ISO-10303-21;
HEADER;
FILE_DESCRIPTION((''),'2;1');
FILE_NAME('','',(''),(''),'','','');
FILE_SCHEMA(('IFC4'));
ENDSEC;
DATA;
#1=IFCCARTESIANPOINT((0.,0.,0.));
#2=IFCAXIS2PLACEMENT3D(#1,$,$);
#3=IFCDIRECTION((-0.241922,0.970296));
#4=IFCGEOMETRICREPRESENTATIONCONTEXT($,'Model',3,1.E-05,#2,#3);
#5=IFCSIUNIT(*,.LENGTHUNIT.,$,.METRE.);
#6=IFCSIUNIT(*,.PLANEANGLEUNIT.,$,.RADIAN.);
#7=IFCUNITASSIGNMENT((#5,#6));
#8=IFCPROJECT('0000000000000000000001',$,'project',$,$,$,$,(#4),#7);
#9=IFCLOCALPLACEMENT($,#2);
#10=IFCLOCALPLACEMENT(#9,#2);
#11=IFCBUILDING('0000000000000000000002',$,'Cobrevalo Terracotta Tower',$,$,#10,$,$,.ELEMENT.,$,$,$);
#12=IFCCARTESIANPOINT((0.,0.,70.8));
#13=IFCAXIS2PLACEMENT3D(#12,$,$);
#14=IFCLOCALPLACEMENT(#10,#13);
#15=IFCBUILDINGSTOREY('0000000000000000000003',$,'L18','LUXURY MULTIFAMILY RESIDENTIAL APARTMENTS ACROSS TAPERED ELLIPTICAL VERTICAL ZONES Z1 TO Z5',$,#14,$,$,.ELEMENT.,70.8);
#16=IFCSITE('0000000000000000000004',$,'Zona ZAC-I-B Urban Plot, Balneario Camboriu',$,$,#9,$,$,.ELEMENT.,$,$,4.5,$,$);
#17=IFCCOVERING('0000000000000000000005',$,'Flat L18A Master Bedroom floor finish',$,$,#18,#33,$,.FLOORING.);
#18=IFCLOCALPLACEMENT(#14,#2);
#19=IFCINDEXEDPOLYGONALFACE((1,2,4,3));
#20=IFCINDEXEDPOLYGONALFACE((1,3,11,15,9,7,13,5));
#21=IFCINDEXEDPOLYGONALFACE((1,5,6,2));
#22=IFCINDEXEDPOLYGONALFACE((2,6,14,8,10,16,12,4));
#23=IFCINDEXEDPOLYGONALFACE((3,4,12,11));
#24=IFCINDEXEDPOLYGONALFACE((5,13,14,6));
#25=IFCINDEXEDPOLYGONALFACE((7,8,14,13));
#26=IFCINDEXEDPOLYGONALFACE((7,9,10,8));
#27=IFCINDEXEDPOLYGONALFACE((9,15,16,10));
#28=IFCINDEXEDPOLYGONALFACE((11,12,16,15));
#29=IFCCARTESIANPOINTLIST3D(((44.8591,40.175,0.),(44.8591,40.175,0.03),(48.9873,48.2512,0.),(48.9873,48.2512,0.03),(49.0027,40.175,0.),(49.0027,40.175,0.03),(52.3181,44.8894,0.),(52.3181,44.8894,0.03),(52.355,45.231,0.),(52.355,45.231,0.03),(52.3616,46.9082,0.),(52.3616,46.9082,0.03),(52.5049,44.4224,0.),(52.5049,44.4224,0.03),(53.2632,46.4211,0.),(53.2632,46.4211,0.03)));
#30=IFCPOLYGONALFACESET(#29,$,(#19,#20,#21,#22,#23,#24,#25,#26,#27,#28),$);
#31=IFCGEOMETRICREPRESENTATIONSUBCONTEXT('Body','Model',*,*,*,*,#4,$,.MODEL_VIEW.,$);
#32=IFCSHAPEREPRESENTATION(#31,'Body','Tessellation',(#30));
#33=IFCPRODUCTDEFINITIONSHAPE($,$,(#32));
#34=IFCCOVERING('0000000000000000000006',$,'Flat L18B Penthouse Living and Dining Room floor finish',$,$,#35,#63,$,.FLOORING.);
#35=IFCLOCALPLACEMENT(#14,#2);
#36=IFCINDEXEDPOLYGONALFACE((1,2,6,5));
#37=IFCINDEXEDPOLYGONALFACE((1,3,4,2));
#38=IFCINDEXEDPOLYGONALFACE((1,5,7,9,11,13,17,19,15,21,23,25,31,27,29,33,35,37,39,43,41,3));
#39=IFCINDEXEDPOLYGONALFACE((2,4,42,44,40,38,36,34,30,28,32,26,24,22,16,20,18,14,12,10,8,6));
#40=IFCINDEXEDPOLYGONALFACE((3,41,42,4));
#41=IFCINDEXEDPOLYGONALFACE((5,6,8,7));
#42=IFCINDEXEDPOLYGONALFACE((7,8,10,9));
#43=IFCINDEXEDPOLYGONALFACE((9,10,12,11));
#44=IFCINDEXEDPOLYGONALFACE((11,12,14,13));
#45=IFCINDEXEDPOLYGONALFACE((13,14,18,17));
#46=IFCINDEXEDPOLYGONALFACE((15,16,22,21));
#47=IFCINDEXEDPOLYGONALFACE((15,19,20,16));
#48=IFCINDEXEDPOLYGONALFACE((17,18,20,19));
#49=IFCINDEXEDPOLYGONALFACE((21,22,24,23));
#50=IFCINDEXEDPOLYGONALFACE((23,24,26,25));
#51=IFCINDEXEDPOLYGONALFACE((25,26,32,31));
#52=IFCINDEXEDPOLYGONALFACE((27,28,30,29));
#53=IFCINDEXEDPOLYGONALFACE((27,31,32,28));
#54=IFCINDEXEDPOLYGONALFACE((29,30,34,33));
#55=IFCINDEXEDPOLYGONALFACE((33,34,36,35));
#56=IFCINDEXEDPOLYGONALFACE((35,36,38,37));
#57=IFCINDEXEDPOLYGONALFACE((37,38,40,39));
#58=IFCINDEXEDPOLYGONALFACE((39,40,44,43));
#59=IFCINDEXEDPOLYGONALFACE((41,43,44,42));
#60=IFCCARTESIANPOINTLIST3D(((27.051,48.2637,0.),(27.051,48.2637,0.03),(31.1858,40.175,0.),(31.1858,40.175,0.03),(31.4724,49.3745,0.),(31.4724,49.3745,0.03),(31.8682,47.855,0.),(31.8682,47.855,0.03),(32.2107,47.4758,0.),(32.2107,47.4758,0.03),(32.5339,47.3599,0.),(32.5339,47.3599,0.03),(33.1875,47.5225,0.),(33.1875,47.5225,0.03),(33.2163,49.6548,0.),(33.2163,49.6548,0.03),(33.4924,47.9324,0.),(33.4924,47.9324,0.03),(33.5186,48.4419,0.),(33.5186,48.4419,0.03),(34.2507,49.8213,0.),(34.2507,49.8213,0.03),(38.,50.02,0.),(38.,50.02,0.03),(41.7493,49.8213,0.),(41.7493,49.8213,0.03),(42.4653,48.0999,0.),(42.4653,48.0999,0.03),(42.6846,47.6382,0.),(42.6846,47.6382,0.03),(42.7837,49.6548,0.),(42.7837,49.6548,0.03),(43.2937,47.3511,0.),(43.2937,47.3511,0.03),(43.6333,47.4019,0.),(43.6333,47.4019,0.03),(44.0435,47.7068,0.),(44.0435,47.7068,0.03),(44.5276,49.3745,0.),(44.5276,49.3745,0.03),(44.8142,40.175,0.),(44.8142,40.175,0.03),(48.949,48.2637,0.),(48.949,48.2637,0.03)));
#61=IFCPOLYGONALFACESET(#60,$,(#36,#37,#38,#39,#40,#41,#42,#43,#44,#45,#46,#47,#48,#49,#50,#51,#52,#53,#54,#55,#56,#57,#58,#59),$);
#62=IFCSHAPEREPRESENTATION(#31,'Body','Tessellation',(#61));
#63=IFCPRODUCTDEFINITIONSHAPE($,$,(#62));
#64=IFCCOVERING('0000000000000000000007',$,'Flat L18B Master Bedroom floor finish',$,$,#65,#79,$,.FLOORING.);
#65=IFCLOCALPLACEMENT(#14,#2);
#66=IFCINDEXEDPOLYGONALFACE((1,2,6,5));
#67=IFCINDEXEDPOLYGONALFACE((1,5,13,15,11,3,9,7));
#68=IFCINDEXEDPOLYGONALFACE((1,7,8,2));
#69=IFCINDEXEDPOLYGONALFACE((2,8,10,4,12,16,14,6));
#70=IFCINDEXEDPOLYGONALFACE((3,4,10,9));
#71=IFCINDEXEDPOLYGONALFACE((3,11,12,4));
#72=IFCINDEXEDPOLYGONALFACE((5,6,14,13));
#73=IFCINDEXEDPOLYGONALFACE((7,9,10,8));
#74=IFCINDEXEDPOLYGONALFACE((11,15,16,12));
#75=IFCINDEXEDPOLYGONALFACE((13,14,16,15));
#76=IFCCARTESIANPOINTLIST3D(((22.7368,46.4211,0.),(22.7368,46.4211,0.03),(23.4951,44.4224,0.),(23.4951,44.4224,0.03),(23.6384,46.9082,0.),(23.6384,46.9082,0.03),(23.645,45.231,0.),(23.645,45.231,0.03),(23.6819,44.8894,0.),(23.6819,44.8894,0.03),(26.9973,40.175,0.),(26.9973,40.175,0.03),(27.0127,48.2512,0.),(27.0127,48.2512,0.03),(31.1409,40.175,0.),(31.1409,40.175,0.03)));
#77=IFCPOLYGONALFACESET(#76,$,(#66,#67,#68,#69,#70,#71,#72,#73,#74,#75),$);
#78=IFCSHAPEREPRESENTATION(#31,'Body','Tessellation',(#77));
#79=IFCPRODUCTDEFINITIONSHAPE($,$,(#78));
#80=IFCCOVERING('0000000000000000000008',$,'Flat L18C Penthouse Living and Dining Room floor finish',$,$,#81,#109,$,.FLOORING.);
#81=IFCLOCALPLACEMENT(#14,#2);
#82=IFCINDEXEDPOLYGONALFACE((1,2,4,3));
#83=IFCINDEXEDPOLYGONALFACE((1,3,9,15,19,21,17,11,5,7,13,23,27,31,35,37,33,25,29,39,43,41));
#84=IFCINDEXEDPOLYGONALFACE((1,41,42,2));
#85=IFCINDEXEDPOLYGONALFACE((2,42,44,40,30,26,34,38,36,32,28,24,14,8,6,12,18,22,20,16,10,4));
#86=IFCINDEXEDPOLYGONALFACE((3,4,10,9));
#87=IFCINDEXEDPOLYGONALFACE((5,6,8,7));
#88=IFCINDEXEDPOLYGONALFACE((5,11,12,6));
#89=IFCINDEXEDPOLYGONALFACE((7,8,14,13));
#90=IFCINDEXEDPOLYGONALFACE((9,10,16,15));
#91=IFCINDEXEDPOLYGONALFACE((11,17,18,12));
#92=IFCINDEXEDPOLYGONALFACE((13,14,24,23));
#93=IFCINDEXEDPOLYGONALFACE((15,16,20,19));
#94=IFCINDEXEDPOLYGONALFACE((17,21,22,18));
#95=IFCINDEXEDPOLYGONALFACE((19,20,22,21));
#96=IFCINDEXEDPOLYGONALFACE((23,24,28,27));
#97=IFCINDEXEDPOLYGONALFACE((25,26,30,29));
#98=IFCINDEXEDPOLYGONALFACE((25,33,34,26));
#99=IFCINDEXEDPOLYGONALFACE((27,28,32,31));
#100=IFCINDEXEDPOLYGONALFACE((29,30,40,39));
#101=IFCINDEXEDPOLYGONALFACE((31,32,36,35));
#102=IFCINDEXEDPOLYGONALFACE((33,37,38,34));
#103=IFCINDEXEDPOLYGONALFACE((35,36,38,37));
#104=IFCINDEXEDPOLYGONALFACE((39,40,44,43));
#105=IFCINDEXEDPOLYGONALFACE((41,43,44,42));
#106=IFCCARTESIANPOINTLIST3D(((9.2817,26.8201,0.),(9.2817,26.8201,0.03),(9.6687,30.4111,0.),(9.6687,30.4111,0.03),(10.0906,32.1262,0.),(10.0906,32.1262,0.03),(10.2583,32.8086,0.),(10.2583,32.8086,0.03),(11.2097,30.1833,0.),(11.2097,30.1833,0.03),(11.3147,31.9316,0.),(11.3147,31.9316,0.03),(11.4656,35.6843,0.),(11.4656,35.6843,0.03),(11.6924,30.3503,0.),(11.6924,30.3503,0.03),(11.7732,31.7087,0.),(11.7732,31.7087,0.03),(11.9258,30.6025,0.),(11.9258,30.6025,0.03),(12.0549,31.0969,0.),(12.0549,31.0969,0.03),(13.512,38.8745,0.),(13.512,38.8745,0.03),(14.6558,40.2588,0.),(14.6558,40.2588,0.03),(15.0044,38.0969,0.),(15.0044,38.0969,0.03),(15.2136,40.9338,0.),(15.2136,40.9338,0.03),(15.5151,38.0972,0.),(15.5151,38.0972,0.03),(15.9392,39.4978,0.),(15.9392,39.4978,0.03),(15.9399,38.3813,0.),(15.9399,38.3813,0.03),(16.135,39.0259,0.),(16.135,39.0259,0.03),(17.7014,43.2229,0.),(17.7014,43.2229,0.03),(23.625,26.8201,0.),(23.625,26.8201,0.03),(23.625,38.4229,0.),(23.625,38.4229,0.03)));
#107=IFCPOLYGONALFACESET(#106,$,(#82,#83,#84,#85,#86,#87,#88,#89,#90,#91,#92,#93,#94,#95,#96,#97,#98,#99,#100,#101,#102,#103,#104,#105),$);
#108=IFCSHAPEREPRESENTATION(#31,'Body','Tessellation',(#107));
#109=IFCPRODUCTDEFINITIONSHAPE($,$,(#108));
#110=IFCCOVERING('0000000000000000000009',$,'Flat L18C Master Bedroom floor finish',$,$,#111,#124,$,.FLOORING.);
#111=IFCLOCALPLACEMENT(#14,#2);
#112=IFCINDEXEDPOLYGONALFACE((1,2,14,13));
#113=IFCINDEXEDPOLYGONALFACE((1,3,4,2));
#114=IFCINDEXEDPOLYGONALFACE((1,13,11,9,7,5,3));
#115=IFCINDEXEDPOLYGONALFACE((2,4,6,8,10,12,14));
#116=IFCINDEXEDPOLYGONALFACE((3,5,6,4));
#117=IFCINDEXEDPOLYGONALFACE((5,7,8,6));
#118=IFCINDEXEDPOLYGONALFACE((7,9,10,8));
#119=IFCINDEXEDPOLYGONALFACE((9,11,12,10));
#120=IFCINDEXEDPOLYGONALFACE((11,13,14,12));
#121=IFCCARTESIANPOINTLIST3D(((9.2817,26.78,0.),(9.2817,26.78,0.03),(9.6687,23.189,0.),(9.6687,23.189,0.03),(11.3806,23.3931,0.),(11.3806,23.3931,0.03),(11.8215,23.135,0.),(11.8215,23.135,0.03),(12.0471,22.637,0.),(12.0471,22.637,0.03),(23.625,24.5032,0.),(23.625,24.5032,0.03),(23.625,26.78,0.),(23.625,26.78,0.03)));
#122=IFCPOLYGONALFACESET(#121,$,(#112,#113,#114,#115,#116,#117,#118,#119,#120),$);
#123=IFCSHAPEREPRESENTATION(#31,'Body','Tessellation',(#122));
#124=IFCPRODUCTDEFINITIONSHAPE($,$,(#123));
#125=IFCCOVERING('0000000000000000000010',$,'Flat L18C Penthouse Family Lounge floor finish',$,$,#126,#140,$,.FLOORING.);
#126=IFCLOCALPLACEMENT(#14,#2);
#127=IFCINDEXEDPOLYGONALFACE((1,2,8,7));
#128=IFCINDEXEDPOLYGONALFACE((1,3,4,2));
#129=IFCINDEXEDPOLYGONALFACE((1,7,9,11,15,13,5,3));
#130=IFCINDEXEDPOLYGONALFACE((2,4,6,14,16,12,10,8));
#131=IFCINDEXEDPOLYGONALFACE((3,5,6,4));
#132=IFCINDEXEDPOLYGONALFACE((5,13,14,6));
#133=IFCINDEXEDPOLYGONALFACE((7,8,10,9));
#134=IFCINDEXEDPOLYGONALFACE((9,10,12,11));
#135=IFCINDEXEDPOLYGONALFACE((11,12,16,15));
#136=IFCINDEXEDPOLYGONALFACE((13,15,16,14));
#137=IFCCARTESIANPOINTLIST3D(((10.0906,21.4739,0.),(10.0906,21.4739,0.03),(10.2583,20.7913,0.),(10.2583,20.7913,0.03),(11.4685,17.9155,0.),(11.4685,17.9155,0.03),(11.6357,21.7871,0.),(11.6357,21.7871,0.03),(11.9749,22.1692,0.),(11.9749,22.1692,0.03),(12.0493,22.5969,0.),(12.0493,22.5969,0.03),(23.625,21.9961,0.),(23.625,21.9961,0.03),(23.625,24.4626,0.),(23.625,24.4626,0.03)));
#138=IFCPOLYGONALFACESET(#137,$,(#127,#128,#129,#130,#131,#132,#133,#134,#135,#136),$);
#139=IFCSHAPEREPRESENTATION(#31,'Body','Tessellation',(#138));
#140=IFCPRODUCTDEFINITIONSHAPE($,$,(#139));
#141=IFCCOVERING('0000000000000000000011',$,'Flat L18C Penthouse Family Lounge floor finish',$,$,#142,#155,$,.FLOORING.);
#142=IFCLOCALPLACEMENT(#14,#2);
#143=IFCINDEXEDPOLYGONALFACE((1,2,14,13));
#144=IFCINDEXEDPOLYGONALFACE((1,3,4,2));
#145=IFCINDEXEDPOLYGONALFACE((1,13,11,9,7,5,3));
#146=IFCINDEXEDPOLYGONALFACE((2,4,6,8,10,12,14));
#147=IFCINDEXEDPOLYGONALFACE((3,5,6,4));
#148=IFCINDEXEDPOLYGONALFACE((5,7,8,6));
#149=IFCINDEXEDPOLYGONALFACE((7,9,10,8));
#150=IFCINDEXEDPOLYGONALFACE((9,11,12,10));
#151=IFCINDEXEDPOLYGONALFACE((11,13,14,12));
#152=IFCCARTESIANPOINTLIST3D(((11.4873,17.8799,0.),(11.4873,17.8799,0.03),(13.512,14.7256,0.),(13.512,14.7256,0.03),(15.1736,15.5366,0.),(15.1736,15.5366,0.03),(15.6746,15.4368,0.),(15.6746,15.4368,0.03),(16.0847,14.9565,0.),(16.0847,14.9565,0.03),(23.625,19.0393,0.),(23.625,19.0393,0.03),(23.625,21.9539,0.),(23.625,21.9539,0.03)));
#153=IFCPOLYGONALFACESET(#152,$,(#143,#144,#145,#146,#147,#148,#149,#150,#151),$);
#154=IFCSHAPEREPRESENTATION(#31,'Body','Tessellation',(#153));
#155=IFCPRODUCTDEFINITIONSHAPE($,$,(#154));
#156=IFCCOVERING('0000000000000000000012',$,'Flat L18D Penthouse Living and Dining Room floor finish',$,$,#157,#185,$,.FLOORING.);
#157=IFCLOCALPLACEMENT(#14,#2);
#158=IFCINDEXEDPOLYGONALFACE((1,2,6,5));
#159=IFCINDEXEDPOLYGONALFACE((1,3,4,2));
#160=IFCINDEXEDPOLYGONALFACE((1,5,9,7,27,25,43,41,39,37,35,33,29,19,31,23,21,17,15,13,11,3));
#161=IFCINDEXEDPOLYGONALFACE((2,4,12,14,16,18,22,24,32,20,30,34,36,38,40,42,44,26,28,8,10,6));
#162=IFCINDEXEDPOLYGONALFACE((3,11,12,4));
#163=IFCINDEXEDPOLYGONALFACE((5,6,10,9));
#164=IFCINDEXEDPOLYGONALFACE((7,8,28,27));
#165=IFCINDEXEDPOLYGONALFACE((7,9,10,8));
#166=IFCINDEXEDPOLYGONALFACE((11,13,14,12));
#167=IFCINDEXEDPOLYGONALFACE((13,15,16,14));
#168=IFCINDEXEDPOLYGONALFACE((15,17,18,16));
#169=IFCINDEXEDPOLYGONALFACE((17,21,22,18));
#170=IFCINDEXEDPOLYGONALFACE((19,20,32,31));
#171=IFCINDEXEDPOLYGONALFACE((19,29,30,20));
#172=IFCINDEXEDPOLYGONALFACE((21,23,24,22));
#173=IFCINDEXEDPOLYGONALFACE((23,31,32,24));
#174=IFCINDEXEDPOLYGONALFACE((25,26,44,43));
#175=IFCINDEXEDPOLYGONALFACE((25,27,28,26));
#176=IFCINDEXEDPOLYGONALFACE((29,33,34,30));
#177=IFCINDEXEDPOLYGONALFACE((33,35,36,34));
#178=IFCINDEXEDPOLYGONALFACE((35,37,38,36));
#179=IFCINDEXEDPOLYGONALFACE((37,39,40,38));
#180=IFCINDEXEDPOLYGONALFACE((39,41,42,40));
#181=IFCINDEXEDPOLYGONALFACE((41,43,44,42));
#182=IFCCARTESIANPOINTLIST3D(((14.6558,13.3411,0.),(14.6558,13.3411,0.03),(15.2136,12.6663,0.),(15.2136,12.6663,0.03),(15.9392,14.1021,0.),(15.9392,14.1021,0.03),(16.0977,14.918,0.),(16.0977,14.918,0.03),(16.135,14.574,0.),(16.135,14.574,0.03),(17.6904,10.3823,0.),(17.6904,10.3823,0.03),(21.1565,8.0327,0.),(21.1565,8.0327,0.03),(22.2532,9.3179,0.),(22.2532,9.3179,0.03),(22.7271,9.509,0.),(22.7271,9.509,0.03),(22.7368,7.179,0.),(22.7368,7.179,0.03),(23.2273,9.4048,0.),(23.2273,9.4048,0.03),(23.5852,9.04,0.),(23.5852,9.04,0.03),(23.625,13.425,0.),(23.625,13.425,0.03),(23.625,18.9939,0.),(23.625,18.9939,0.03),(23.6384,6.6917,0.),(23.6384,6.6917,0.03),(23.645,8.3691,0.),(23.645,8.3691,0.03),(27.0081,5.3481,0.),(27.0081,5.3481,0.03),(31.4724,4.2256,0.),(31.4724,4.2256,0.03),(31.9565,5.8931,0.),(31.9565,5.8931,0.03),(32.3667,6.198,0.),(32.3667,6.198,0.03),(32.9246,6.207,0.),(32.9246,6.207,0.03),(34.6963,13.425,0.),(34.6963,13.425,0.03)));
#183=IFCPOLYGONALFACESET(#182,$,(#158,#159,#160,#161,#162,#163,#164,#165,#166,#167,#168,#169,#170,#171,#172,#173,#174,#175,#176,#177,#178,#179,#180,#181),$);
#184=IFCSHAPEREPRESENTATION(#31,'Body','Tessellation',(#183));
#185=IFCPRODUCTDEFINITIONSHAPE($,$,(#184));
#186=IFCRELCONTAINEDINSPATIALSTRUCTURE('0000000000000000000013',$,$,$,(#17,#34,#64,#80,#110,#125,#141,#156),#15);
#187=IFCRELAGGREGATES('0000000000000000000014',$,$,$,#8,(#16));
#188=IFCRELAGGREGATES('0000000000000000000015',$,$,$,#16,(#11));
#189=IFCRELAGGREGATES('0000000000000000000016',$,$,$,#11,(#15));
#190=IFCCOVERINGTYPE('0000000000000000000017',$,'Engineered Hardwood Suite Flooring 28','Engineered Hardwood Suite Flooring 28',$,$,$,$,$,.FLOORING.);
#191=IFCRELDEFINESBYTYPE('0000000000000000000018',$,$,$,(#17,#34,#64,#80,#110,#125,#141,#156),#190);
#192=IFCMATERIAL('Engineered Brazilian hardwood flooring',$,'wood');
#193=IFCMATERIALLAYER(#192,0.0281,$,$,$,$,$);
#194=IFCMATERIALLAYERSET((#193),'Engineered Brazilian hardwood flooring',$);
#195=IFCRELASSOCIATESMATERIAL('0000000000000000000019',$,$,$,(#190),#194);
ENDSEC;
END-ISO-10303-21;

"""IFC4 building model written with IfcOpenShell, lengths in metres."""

from ifc_helpers import new_model, si_unit, direction, frame, origin, place, context, subcontext, project, spatial, polyline, outline, extrude, material, layer, layer_set, type_object, element, save


model = new_model("IFC4")

# Units and contexts
model_context = context("Model", 3, precision=1e-05, world=origin(), true_north=direction((-0.241922, 0.970296)))
body_context = subcontext(model_context, "Body", "Model", "MODEL_VIEW")
ifc_project = project(units=[si_unit("LENGTHUNIT", "METRE"), si_unit("PLANEANGLEUNIT", "RADIAN")], contexts=[model_context])

# Site, building, storey
site_placement = place(None, origin())
site = spatial("IfcSite", under=ifc_project, at=site_placement, Name="Zona ZAC-I-B Urban Plot, Balneario Camboriu", CompositionType="ELEMENT", RefElevation=4.5)
building_placement = place(site_placement, origin())
building = spatial("IfcBuilding", under=site, at=building_placement, Name="Cobrevalo Terracotta Tower", CompositionType="ELEMENT")
storey_placement = place(building_placement, frame((0.0, 0.0, 70.8)))
storey = spatial("IfcBuildingStorey", under=building, at=storey_placement, Name="L18", Description="LUXURY MULTIFAMILY RESIDENTIAL APARTMENTS ACROSS TAPERED ELLIPTICAL VERTICAL ZONES Z1 TO Z5", CompositionType="ELEMENT", Elevation=70.8)

# Coverings
ifc_material_1 = material(Name="Engineered Brazilian hardwood flooring", Category="wood")
ifc_layer_1 = layer(ifc_material_1, 0.0281)
ifc_layer_set_1 = layer_set([ifc_layer_1], Name="Engineered Brazilian hardwood flooring")
covering_type_1 = type_object("IfcCoveringType", Name="Engineered Hardwood Suite Flooring 28", Description="Engineered Hardwood Suite Flooring 28", PredefinedType="FLOORING", material=ifc_layer_set_1)
covering_1_placement = place(storey_placement, origin())
element("IfcCovering", 1, at=covering_1_placement, inside=storey, type_object=covering_type_1, Name="Flat L18A Master Bedroom floor finish", PredefinedType="FLOORING", context=body_context, shape_type="SweptSolid", body=[
    extrude(outline(polyline([(49.0027, 40.175), (44.8591, 40.175), (48.9873, 48.2512), (52.3616, 46.9082), (53.2632, 46.4211), (52.355, 45.231), (52.3181, 44.8894), (52.5049, 44.4224), (49.0027, 40.175)])), origin(), (0.0, 0.0, 1.0), 0.03),
])
covering_2_placement = place(storey_placement, origin())
element("IfcCovering", 2, at=covering_2_placement, inside=storey, type_object=covering_type_1, Name="Flat L18B Penthouse Living and Dining Room floor finish", PredefinedType="FLOORING", context=body_context, shape_type="SweptSolid", body=[
    extrude(outline(polyline([(31.4724, 49.3745), (31.8682, 47.855), (32.2107, 47.4758), (32.5339, 47.3599), (33.1875, 47.5225), (33.4924, 47.9324), (33.5186, 48.4419), (33.2163, 49.6548), (34.2507, 49.8213), (38.0, 50.02), (41.7493, 49.8213), (42.7837, 49.6548), (42.4653, 48.0999), (42.6846, 47.6382), (43.2937, 47.3511), (43.6333, 47.4019), (44.0435, 47.7068), (44.5276, 49.3745), (48.949, 48.2637), (44.8142, 40.175), (31.1858, 40.175), (27.051, 48.2637), (31.4724, 49.3745)])), origin(), (0.0, 0.0, 1.0), 0.03),
])
covering_3_placement = place(storey_placement, origin())
element("IfcCovering", 3, at=covering_3_placement, inside=storey, type_object=covering_type_1, Name="Flat L18B Master Bedroom floor finish", PredefinedType="FLOORING", context=body_context, shape_type="SweptSolid", body=[
    extrude(outline(polyline([(23.4951, 44.4224), (23.6819, 44.8894), (23.645, 45.231), (22.7368, 46.4211), (23.6384, 46.9082), (27.0127, 48.2512), (31.1409, 40.175), (26.9973, 40.175), (23.4951, 44.4224)])), origin(), (0.0, 0.0, 1.0), 0.03),
])
covering_4_placement = place(storey_placement, origin())
element("IfcCovering", 4, at=covering_4_placement, inside=storey, type_object=covering_type_1, Name="Flat L18C Penthouse Living and Dining Room floor finish", PredefinedType="FLOORING", context=body_context, shape_type="SweptSolid", body=[
    extrude(outline(polyline([(9.6687, 30.4111), (11.2097, 30.1833), (11.6924, 30.3503), (11.9258, 30.6025), (12.0549, 31.0969), (11.7732, 31.7087), (11.3147, 31.9316), (10.0906, 32.1262), (10.2583, 32.8086), (11.4656, 35.6843), (13.512, 38.8745), (15.0044, 38.0969), (15.5151, 38.0972), (15.9399, 38.3813), (16.135, 39.0259), (15.9392, 39.4978), (14.6558, 40.2588), (15.2136, 40.9338), (17.7014, 43.2229), (23.625, 38.4229), (23.625, 26.8201), (9.2817, 26.8201), (9.6687, 30.4111)])), origin(), (0.0, 0.0, 1.0), 0.03),
])
covering_5_placement = place(storey_placement, origin())
element("IfcCovering", 5, at=covering_5_placement, inside=storey, type_object=covering_type_1, Name="Flat L18C Master Bedroom floor finish", PredefinedType="FLOORING", context=body_context, shape_type="SweptSolid", body=[
    extrude(outline(polyline([(9.2817, 26.78), (23.625, 26.78), (23.625, 24.5032), (12.0471, 22.637), (11.8215, 23.135), (11.3806, 23.3931), (9.6687, 23.189), (9.2817, 26.78)])), origin(), (0.0, 0.0, 1.0), 0.03),
])
covering_6_placement = place(storey_placement, origin())
element("IfcCovering", 6, at=covering_6_placement, inside=storey, type_object=covering_type_1, Name="Flat L18C Penthouse Family Lounge floor finish", PredefinedType="FLOORING", context=body_context, shape_type="SweptSolid", body=[
    extrude(outline(polyline([(10.0906, 21.4739), (11.6357, 21.7871), (11.9749, 22.1692), (12.0493, 22.5969), (23.625, 24.4626), (23.625, 21.9961), (11.4685, 17.9155), (10.2583, 20.7913), (10.0906, 21.4739)])), origin(), (0.0, 0.0, 1.0), 0.03),
])
covering_7_placement = place(storey_placement, origin())
element("IfcCovering", 7, at=covering_7_placement, inside=storey, type_object=covering_type_1, Name="Flat L18C Penthouse Family Lounge floor finish", PredefinedType="FLOORING", context=body_context, shape_type="SweptSolid", body=[
    extrude(outline(polyline([(16.0847, 14.9565), (15.6746, 15.4368), (15.1736, 15.5366), (13.512, 14.7256), (11.4873, 17.8799), (23.625, 21.9539), (23.625, 19.0393), (16.0847, 14.9565)])), origin(), (0.0, 0.0, 1.0), 0.03),
])
covering_8_placement = place(storey_placement, origin())
element("IfcCovering", 8, at=covering_8_placement, inside=storey, type_object=covering_type_1, Name="Flat L18D Penthouse Living and Dining Room floor finish", PredefinedType="FLOORING", context=body_context, shape_type="SweptSolid", body=[
    extrude(outline(polyline([(27.0081, 5.3481), (23.6384, 6.6917), (22.7368, 7.179), (23.645, 8.3691), (23.5852, 9.04), (23.2273, 9.4048), (22.7271, 9.509), (22.2532, 9.3179), (21.1565, 8.0327), (17.6904, 10.3823), (15.2136, 12.6663), (14.6558, 13.3411), (15.9392, 14.1021), (16.135, 14.574), (16.0977, 14.918), (23.625, 18.9939), (23.625, 13.425), (34.6963, 13.425), (32.9246, 6.207), (32.3667, 6.198), (31.9565, 5.8931), (31.4724, 4.2256), (27.0081, 5.3481)])), origin(), (0.0, 0.0, 1.0), 0.03),
])

save(model, "model.ifc")
